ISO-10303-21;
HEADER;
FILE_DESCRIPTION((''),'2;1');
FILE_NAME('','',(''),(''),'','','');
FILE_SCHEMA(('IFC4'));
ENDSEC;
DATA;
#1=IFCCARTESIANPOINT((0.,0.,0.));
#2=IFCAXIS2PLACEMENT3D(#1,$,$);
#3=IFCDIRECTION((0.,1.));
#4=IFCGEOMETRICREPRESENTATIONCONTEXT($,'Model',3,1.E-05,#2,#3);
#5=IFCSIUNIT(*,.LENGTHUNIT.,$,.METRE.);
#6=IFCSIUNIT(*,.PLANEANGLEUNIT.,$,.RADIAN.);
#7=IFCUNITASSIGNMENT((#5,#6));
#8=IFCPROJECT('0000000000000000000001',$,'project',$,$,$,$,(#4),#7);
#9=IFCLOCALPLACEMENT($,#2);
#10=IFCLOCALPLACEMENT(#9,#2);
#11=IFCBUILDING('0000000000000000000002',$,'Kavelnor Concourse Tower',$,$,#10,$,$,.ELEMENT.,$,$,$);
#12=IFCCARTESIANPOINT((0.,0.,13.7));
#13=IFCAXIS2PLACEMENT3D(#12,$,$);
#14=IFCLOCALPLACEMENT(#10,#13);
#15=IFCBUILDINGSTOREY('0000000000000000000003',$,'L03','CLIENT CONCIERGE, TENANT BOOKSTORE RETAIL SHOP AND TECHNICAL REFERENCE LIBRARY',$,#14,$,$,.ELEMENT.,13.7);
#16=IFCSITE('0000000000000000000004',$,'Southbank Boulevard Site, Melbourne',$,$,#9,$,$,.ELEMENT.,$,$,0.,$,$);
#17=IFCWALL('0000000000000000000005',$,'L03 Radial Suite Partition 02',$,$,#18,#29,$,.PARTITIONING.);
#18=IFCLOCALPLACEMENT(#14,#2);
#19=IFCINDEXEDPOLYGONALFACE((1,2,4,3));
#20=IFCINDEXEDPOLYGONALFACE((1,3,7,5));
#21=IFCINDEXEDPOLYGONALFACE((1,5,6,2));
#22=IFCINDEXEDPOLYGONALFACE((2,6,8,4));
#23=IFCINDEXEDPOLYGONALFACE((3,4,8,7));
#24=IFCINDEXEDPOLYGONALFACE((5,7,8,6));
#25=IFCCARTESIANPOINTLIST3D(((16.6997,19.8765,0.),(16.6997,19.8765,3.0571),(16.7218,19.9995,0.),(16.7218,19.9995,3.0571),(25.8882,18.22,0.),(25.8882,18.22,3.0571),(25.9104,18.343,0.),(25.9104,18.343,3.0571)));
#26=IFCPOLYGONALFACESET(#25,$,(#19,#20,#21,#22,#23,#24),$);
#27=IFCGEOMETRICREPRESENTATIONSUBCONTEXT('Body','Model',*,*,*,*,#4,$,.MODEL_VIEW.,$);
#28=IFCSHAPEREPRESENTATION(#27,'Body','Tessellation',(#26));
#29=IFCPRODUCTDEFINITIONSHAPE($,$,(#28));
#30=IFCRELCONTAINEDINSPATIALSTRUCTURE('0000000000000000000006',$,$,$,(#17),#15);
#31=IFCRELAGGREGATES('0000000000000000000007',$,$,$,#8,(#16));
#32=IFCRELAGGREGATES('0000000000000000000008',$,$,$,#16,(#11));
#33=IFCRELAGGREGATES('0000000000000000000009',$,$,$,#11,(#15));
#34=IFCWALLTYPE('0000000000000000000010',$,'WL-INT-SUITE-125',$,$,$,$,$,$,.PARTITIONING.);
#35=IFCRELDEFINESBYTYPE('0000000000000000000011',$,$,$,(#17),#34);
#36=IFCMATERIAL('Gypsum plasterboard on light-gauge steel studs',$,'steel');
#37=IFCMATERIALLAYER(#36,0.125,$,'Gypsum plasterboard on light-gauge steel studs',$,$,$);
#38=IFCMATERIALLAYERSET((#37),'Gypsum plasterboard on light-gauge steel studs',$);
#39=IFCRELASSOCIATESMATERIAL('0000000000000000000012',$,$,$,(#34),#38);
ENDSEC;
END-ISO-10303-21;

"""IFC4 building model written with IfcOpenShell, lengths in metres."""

from ifc_helpers import new_model, si_unit, direction, frame, frame_2d, origin, place, context, subcontext, project, spatial, rectangle, extrude, material, layer, layer_set, type_object, element, save


model = new_model("IFC4")

# Units and contexts
model_context = context("Model", 3, precision=1e-05, world=origin(), true_north=direction((0.0, 1.0)))
body_context = subcontext(model_context, "Body", "Model", "MODEL_VIEW")
ifc_project = project(units=[si_unit("LENGTHUNIT", "METRE"), si_unit("PLANEANGLEUNIT", "RADIAN")], contexts=[model_context])

# Site, building, storey
site_placement = place(None, origin())
site = spatial("IfcSite", under=ifc_project, at=site_placement, Name="Southbank Boulevard Site, Melbourne", CompositionType="ELEMENT", RefElevation=0.0)
building_placement = place(site_placement, origin())
building = spatial("IfcBuilding", under=site, at=building_placement, Name="Kavelnor Concourse Tower", CompositionType="ELEMENT")
storey_placement = place(building_placement, frame((0.0, 0.0, 13.7)))
storey = spatial("IfcBuildingStorey", under=building, at=storey_placement, Name="L03", Description="CLIENT CONCIERGE, TENANT BOOKSTORE RETAIL SHOP AND TECHNICAL REFERENCE LIBRARY", CompositionType="ELEMENT", Elevation=13.7)

# Shared definitions
ifc_material_1 = material(Name="Gypsum plasterboard on light-gauge steel studs", Category="steel")

# Wall
ifc_layer_1 = layer(ifc_material_1, 0.125, Name="Gypsum plasterboard on light-gauge steel studs")
ifc_layer_set_1 = layer_set([ifc_layer_1], Name="Gypsum plasterboard on light-gauge steel studs")
wall_type_1 = type_object("IfcWallType", Name="WL-INT-SUITE-125", PredefinedType="PARTITIONING", material=ifc_layer_set_1)
wall_1_placement = place(storey_placement, frame((25.8994, 18.2815, 0.0), z_axis=(0.0, 0.0, 1.0), x_axis=(-0.984135, 0.177419, 0.0)))
element("IfcWall", 1, at=wall_1_placement, inside=storey, type_object=wall_type_1, Name="L03 Radial Suite Partition 02", PredefinedType="PARTITIONING", context=body_context, shape_type="SweptSolid", body=[
    extrude(rectangle(XDim=9.3367, YDim=0.125, at=frame_2d((4.6685, 0.0))), origin(), (0.0, 0.0, 1.0), 3.0571),
])

save(model, "model.ifc")
